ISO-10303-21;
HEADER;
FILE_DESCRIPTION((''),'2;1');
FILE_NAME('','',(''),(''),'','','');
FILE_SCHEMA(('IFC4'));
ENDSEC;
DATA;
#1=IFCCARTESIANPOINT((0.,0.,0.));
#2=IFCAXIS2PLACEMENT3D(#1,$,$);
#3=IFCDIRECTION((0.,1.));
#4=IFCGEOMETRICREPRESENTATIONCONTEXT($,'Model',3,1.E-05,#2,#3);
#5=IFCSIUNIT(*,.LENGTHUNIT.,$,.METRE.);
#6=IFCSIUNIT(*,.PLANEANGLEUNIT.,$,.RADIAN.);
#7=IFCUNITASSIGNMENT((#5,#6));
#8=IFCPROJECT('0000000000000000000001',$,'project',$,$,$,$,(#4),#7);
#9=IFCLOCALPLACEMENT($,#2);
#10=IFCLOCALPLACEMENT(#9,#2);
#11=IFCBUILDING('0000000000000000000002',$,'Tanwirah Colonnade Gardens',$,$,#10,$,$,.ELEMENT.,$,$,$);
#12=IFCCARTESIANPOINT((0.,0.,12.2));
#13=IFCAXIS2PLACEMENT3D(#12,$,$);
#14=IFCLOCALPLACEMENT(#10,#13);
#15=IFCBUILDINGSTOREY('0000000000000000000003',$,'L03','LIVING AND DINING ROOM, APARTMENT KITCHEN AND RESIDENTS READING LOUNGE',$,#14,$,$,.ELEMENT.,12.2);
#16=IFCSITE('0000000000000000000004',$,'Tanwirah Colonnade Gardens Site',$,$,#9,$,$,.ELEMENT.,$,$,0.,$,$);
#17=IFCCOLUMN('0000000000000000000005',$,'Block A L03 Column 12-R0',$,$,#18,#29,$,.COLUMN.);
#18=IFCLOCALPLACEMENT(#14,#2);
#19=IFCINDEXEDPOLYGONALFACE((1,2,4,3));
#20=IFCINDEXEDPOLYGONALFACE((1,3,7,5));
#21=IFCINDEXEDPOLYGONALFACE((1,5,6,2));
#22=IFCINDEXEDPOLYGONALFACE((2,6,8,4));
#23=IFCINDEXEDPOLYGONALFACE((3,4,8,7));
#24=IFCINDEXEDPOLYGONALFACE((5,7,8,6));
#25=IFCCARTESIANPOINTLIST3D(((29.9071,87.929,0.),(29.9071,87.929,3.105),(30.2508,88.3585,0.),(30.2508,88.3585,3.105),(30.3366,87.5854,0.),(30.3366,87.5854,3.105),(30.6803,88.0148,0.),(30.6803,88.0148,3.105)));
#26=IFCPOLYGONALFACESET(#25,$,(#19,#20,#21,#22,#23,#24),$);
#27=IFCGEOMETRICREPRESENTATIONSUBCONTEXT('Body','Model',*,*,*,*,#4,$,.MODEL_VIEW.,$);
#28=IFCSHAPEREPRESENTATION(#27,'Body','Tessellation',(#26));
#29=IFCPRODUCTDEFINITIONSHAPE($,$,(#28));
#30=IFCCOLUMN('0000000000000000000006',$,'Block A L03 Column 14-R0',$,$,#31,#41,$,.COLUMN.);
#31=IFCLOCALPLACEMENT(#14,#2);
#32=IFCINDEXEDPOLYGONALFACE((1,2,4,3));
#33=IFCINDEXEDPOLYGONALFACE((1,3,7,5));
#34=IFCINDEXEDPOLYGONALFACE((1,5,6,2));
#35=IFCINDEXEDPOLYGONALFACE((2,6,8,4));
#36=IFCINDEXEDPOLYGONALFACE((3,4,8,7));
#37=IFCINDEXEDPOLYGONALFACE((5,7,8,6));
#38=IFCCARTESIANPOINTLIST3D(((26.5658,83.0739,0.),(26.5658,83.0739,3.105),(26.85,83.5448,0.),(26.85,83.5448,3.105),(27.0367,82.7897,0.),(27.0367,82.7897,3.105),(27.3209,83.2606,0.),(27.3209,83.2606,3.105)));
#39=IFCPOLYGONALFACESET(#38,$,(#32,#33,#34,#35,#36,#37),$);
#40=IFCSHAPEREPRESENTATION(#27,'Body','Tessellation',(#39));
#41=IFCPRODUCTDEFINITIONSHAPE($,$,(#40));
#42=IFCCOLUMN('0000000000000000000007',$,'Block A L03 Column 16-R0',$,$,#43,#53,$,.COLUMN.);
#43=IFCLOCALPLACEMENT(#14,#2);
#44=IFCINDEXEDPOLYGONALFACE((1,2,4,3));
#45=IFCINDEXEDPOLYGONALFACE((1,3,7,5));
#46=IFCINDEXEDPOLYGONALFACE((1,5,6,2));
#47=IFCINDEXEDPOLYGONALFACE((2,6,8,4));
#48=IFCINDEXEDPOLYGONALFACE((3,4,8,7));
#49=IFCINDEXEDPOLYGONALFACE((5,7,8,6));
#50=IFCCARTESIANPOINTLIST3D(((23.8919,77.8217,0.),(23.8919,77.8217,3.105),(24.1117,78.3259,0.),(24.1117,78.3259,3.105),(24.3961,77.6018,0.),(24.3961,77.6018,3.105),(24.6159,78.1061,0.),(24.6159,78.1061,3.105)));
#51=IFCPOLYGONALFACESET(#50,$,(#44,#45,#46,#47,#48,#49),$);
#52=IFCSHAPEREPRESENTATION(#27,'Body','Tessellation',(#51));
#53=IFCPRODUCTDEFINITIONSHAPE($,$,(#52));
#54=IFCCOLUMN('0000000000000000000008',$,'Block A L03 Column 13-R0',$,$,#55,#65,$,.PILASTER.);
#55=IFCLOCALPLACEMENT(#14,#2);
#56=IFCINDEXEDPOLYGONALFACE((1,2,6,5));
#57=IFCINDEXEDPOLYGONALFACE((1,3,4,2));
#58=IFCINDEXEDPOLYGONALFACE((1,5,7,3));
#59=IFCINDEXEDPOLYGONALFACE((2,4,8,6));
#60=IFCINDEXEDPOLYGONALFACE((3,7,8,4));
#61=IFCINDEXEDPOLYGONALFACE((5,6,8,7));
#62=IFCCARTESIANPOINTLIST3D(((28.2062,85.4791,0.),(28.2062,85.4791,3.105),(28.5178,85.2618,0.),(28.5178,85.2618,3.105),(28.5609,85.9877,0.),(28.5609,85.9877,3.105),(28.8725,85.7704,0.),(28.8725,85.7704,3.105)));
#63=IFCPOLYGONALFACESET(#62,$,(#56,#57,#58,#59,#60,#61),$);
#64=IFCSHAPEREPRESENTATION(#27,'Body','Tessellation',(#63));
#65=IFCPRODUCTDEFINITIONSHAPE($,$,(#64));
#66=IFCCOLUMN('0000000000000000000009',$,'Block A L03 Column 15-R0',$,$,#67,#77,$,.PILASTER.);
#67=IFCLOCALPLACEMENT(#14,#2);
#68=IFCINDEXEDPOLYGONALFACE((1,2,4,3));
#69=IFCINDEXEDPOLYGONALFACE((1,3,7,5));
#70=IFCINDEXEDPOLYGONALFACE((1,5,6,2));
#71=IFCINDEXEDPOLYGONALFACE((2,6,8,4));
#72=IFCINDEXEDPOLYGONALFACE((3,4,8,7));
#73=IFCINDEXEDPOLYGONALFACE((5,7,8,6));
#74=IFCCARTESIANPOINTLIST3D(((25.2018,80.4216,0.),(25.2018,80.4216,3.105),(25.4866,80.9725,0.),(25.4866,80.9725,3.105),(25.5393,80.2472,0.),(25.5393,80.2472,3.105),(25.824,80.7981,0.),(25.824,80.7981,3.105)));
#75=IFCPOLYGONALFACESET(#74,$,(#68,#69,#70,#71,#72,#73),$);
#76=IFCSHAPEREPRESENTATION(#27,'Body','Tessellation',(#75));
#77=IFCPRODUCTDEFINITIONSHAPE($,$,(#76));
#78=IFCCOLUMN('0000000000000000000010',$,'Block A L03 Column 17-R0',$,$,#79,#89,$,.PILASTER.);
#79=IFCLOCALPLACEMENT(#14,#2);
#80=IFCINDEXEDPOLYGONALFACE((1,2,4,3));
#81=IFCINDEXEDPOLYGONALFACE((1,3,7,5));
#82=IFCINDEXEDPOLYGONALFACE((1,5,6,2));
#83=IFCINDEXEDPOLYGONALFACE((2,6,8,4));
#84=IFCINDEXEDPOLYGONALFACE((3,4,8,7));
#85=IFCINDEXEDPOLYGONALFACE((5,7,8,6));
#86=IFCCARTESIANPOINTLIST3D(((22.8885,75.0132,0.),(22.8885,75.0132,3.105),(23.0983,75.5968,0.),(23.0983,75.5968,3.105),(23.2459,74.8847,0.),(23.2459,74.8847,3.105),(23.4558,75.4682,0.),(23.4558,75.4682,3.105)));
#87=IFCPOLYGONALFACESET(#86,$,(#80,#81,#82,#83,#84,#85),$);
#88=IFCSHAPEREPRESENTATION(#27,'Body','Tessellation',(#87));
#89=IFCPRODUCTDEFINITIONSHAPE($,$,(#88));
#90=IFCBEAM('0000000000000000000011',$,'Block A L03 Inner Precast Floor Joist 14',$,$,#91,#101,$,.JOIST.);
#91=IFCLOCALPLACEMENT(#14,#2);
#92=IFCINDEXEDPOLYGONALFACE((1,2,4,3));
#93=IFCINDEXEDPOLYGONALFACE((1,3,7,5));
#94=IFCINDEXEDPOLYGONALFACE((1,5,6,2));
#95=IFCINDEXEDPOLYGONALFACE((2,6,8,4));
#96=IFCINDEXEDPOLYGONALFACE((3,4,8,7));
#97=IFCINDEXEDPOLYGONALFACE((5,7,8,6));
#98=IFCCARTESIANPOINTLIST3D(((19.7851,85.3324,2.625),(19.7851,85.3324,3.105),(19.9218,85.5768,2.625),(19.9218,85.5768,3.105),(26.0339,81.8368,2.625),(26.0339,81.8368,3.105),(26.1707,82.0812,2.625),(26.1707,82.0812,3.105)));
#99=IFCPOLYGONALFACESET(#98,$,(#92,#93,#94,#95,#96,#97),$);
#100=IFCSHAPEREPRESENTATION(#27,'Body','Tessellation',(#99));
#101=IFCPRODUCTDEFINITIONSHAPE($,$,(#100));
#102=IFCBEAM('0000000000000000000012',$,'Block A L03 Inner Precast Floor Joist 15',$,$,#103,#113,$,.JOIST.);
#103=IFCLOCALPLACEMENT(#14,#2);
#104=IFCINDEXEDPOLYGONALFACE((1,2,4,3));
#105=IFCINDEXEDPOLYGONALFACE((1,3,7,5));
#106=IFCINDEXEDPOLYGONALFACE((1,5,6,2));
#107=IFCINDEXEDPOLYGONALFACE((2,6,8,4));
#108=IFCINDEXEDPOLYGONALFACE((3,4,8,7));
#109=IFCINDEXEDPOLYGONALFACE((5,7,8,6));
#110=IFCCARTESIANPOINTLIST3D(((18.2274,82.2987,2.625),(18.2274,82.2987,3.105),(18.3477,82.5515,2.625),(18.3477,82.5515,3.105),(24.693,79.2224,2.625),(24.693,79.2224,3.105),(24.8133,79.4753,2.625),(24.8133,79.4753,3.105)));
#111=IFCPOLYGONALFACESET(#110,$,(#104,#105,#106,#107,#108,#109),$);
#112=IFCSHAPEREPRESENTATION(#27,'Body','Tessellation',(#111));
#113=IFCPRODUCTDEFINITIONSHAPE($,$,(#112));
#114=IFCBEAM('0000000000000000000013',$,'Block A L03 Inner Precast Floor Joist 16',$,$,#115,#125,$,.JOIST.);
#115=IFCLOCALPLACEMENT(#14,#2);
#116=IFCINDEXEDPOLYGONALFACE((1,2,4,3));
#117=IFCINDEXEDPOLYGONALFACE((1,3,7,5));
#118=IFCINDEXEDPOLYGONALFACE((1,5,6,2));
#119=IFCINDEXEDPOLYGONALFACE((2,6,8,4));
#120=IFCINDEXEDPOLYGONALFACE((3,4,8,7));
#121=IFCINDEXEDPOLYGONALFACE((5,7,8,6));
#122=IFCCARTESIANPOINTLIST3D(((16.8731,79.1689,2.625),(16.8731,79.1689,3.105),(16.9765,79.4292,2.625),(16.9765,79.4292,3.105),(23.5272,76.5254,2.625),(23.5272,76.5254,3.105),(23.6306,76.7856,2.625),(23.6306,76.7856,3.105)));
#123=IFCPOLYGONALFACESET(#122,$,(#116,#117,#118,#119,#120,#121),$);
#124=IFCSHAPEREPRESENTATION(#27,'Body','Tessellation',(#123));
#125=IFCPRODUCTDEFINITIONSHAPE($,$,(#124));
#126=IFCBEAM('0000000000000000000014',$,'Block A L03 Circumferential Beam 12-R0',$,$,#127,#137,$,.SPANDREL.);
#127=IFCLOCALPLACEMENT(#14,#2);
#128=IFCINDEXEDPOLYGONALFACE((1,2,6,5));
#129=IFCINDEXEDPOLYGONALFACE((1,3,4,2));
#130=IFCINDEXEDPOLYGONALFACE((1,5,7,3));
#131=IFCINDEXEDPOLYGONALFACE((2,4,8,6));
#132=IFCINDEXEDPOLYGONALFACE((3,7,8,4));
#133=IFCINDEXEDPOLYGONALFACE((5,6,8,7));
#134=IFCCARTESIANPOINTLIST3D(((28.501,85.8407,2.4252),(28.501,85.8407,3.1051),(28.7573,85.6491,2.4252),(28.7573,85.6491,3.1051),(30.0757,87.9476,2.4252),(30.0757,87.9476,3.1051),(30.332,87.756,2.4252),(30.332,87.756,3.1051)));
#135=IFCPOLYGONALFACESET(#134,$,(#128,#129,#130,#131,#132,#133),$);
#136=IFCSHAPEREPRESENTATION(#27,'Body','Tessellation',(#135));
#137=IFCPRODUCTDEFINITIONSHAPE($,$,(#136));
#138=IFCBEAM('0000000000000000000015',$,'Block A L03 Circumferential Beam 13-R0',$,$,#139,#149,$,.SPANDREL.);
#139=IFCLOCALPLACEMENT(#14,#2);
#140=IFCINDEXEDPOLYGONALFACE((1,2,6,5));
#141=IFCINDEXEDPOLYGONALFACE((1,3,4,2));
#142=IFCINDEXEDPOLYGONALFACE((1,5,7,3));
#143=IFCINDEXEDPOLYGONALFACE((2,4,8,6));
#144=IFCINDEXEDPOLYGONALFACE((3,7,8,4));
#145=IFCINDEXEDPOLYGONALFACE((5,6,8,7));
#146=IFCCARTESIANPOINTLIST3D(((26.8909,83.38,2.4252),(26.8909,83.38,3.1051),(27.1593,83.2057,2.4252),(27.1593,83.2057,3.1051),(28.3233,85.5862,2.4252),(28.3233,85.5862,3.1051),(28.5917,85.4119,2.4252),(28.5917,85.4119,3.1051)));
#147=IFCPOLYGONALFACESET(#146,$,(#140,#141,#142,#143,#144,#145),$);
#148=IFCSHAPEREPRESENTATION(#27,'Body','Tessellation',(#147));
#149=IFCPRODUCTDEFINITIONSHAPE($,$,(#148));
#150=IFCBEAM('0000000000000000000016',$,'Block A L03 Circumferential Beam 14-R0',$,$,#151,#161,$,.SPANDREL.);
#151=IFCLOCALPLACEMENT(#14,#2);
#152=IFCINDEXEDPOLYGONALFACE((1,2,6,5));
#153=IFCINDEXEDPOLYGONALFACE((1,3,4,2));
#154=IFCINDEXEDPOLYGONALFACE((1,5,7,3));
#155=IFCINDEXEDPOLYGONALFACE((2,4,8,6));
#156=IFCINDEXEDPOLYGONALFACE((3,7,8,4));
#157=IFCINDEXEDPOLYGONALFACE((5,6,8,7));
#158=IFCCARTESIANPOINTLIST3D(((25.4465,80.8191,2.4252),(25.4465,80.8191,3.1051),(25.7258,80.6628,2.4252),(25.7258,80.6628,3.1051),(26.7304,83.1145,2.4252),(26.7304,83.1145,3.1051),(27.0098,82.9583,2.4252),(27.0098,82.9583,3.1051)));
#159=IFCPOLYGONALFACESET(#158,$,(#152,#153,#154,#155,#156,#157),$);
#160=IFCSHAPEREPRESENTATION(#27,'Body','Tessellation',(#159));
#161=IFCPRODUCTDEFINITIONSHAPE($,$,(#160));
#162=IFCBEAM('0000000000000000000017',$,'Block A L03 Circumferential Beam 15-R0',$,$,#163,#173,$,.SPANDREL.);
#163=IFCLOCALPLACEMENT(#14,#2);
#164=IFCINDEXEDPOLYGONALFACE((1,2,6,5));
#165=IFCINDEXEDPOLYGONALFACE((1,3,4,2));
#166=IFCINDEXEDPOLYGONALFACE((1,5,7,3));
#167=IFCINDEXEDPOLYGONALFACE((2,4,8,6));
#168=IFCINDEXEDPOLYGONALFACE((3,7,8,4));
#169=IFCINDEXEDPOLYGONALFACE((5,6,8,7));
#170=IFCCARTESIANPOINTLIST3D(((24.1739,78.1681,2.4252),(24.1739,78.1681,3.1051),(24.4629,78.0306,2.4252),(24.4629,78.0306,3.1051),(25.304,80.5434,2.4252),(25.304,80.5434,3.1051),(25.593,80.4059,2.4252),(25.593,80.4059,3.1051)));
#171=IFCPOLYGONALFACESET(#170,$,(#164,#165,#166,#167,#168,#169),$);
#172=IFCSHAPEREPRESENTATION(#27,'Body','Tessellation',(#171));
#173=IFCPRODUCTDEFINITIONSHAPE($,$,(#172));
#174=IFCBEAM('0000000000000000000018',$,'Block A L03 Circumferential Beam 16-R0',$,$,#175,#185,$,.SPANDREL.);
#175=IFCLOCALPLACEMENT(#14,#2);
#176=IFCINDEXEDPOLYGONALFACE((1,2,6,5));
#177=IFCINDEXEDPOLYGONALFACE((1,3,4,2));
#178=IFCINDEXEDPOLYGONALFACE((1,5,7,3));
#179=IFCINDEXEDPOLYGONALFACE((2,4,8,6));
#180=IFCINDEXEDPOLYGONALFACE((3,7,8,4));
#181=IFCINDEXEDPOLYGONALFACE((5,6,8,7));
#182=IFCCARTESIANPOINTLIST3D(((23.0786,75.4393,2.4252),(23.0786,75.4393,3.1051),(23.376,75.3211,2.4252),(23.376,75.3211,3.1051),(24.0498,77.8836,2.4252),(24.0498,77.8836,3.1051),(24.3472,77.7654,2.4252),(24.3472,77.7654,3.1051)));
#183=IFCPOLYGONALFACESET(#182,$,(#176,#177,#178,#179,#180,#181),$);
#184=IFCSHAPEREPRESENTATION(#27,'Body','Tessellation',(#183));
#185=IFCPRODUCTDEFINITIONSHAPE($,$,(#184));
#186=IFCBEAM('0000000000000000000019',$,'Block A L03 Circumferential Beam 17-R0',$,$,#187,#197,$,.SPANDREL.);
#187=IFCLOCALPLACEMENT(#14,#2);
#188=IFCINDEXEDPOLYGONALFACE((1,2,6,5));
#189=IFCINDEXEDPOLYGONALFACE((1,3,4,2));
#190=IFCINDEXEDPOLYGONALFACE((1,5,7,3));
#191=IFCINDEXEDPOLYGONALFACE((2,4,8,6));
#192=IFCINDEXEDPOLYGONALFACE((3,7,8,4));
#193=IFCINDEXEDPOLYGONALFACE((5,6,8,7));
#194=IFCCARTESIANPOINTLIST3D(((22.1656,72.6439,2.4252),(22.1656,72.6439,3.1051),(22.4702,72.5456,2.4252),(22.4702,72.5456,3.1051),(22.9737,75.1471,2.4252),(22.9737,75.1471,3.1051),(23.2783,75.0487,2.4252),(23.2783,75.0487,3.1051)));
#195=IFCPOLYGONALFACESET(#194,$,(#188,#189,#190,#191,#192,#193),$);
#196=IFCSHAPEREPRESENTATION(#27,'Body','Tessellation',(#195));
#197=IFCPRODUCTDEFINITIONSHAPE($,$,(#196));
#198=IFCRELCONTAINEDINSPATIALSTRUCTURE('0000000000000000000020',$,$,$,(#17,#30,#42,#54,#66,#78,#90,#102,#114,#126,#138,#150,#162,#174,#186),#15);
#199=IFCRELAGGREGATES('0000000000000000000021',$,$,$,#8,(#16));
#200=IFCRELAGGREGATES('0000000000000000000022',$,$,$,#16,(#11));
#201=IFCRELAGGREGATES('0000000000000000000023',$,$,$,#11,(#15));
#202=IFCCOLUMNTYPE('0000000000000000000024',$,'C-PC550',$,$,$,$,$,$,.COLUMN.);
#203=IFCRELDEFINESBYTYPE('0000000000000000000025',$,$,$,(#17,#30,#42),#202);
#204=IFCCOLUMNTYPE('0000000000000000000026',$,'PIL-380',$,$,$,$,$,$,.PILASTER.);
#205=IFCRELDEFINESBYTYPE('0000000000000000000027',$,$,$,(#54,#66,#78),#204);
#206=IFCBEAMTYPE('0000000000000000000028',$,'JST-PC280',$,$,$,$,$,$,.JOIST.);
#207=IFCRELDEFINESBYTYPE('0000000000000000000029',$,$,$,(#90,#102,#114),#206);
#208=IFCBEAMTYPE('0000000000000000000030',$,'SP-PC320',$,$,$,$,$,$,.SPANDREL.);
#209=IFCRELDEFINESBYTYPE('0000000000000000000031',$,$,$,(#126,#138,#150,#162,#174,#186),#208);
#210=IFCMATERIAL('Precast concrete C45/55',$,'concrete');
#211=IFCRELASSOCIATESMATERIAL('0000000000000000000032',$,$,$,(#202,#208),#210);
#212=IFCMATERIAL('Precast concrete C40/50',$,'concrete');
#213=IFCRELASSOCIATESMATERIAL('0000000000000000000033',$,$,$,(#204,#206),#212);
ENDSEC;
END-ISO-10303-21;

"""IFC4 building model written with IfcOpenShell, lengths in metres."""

from ifc_helpers import new_model, si_unit, direction, frame, origin, origin_2d, place, context, subcontext, project, spatial, rectangle, extrude, material, material_profile, profile_set, type_object, element, save


model = new_model("IFC4")

# Units and contexts
model_context = context("Model", 3, precision=1e-05, world=origin(), true_north=direction((0.0, 1.0)))
body_context = subcontext(model_context, "Body", "Model", "MODEL_VIEW")
ifc_project = project(units=[si_unit("LENGTHUNIT", "METRE"), si_unit("PLANEANGLEUNIT", "RADIAN")], contexts=[model_context])

# Site, building, storey
site_placement = place(None, origin())
site = spatial("IfcSite", under=ifc_project, at=site_placement, Name="Tanwirah Colonnade Gardens Site", CompositionType="ELEMENT", RefElevation=0.0)
building_placement = place(site_placement, origin())
building = spatial("IfcBuilding", under=site, at=building_placement, Name="Tanwirah Colonnade Gardens", CompositionType="ELEMENT")
storey_placement = place(building_placement, frame((0.0, 0.0, 12.2)))
storey = spatial("IfcBuildingStorey", under=building, at=storey_placement, Name="L03", Description="LIVING AND DINING ROOM, APARTMENT KITCHEN AND RESIDENTS READING LOUNGE", CompositionType="ELEMENT", Elevation=12.2)

# Columns
ifc_material_1 = material(Name="Precast concrete C45/55", Category="concrete")
ifc_material_profile_1 = material_profile(ifc_material_1, rectangle(XDim=0.55, YDim=0.55, at=origin_2d()), Name="PC-COL 550x550")
ifc_profile_set_1 = profile_set([ifc_material_profile_1], Name="Precast concrete C45/55")
column_type_1 = type_object("IfcColumnType", Name="C-PC550", PredefinedType="COLUMN", material=ifc_profile_set_1)
for number, where, z_axis, x_axis, name in (
    (1, (30.2937, 87.9719, 0.0), (0.0, 0.0, 1.0), (-0.780794, 0.624788, 0.0), "Block A L03 Column 12-R0"),
    (2, (26.9434, 83.1672, 0.0), (0.0, 0.0, 1.0), (-0.856167, 0.516699, 0.0), "Block A L03 Column 14-R0"),
    (3, (24.2539, 77.9639, 0.0), (0.0, 0.0, 1.0), (-0.916673, 0.399638, 0.0), "Block A L03 Column 16-R0"),
):
    element("IfcColumn", number, at=place(storey_placement, frame(where, z_axis=z_axis, x_axis=x_axis)), inside=storey, type_object=column_type_1, Name=name, PredefinedType="COLUMN", context=body_context, shape_type="SweptSolid", body=[
        extrude(rectangle(XDim=0.55, YDim=0.55, at=origin_2d()), origin(), (0.0, 0.0, 1.0), 3.105),
    ])
ifc_material_2 = material(Name="Precast concrete C40/50", Category="concrete")
ifc_material_profile_2 = material_profile(ifc_material_2, rectangle(XDim=0.3799, YDim=0.6201, at=origin_2d()), Name="PC-PIL 380x620")
ifc_profile_set_2 = profile_set([ifc_material_profile_2], Name="Precast concrete C40/50")
column_type_2 = type_object("IfcColumnType", Name="PIL-380", PredefinedType="PILASTER", material=ifc_profile_set_2)
for number, where, z_axis, x_axis, name in (
    (4, (28.5393, 85.6248, 0.0), (0.0, 0.0, 1.0), (-0.820263, 0.571987, 0.0), "Block A L03 Column 13-R0"),
    (5, (25.5129, 80.6099, 0.0), (0.0, 0.0, 1.0), (-0.88835, 0.459166, 0.0), "Block A L03 Column 15-R0"),
    (6, (23.1721, 75.2407, 0.0), (0.0, 0.0, 1.0), (-0.941012, 0.338373, 0.0), "Block A L03 Column 17-R0"),
):
    element("IfcColumn", number, at=place(storey_placement, frame(where, z_axis=z_axis, x_axis=x_axis)), inside=storey, type_object=column_type_2, Name=name, PredefinedType="PILASTER", context=body_context, shape_type="SweptSolid", body=[
        extrude(rectangle(XDim=0.3799, YDim=0.6201, at=origin_2d()), origin(), (0.0, 0.0, 1.0), 3.105),
    ])

# Beams
ifc_material_profile_3 = material_profile(ifc_material_2, rectangle(XDim=0.28, YDim=0.48, at=origin_2d()), Name="PC-JST 280x480")
ifc_profile_set_3 = profile_set([ifc_material_profile_3], Name="Precast concrete C40/50")
beam_type_1 = type_object("IfcBeamType", Name="JST-PC280", PredefinedType="JOIST", material=ifc_profile_set_3)
for number, where, z_axis, x_axis, name in (
    (7, (26.1023, 81.959, 2.865), (-0.872727, 0.488209, 0.0), (-0.488209, -0.872727, 0.0), "Block A L03 Inner Precast Floor Joist 14"),
    (8, (24.7532, 79.3489, 2.865), (-0.903005, 0.429629, 0.0), (-0.429629, -0.903005, 0.0), "Block A L03 Inner Precast Floor Joist 15"),
):
    element("IfcBeam", number, at=place(storey_placement, frame(where, z_axis=z_axis, x_axis=x_axis)), inside=storey, type_object=beam_type_1, Name=name, PredefinedType="JOIST", context=body_context, shape_type="SweptSolid", body=[
        extrude(rectangle(XDim=0.28, YDim=0.48, at=origin_2d()), origin(), (0.0, 0.0, 1.0), 7.1602),
    ])
beam_1_placement = place(storey_placement, frame((23.5789, 76.6555, 2.865), z_axis=(-0.929344, 0.369214, 0.0), x_axis=(-0.369214, -0.929344, 0.0)))
element("IfcBeam", 9, at=beam_1_placement, inside=storey, type_object=beam_type_1, Name="Block A L03 Inner Precast Floor Joist 16", PredefinedType="JOIST", context=body_context, shape_type="SweptSolid", body=[
    extrude(rectangle(XDim=0.28, YDim=0.48, at=origin_2d()), origin(), (0.0, 0.0, 1.0), 7.1599),
])
ifc_material_profile_4 = material_profile(ifc_material_1, rectangle(XDim=0.3201, YDim=0.6799, at=origin_2d()), Name="PC-SP 320x680")
ifc_profile_set_4 = profile_set([ifc_material_profile_4], Name="Precast concrete C45/55")
beam_type_2 = type_object("IfcBeamType", Name="SP-PC320", PredefinedType="SPANDREL", material=ifc_profile_set_4)
for number, where, z_axis, x_axis, name in (
    (10, (30.2039, 87.8518, 2.7651), (-0.598663, -0.801001, 0.0), (0.801001, -0.598663, 0.0), "Block A L03 Circumferential Beam 12-R0"),
    (11, (28.4575, 85.499, 2.7651), (-0.544571, -0.838715, 0.0), (0.838715, -0.544571, 0.0), "Block A L03 Circumferential Beam 13-R0"),
):
    element("IfcBeam", number, at=place(storey_placement, frame(where, z_axis=z_axis, x_axis=x_axis)), inside=storey, type_object=beam_type_2, Name=name, PredefinedType="SPANDREL", context=body_context, shape_type="SweptSolid", body=[
        extrude(rectangle(XDim=0.3201, YDim=0.6799, at=origin_2d()), origin(), (0.0, 0.0, 1.0), 2.6304),
    ])
beam_2_placement = place(storey_placement, frame((26.8701, 83.0364, 2.7651), z_axis=(-0.488171, -0.872748, 0.0), x_axis=(0.872748, -0.488171, 0.0)))
element("IfcBeam", 12, at=beam_2_placement, inside=storey, type_object=beam_type_2, Name="Block A L03 Circumferential Beam 14-R0", PredefinedType="SPANDREL", context=body_context, shape_type="SweptSolid", body=[
    extrude(rectangle(XDim=0.3201, YDim=0.6799, at=origin_2d()), origin(), (0.0, 0.0, 1.0), 2.6301),
])
beam_3_placement = place(storey_placement, frame((25.4485, 80.4746, 2.7651), z_axis=(-0.429642, -0.902999, 0.0), x_axis=(0.902999, -0.429642, 0.0)))
element("IfcBeam", 13, at=beam_3_placement, inside=storey, type_object=beam_type_2, Name="Block A L03 Circumferential Beam 15-R0", PredefinedType="SPANDREL", context=body_context, shape_type="SweptSolid", body=[
    extrude(rectangle(XDim=0.3201, YDim=0.6799, at=origin_2d()), origin(), (0.0, 0.0, 1.0), 2.6304),
])
beam_4_placement = place(storey_placement, frame((24.1985, 77.8245, 2.7651), z_axis=(-0.369245, -0.929332, 0.0), x_axis=(0.929332, -0.369245, 0.0)))
element("IfcBeam", 14, at=beam_4_placement, inside=storey, type_object=beam_type_2, Name="Block A L03 Circumferential Beam 16-R0", PredefinedType="SPANDREL", context=body_context, shape_type="SweptSolid", body=[
    extrude(rectangle(XDim=0.3201, YDim=0.6799, at=origin_2d()), origin(), (0.0, 0.0, 1.0), 2.6301),
])
beam_5_placement = place(storey_placement, frame((23.126, 75.0979, 2.7651), z_axis=(-0.30722, -0.951639, 0.0), x_axis=(0.951639, -0.30722, 0.0)))
element("IfcBeam", 15, at=beam_5_placement, inside=storey, type_object=beam_type_2, Name="Block A L03 Circumferential Beam 17-R0", PredefinedType="SPANDREL", context=body_context, shape_type="SweptSolid", body=[
    extrude(rectangle(XDim=0.3201, YDim=0.6799, at=origin_2d()), origin(), (0.0, 0.0, 1.0), 2.6304),
])

save(model, "model.ifc")
